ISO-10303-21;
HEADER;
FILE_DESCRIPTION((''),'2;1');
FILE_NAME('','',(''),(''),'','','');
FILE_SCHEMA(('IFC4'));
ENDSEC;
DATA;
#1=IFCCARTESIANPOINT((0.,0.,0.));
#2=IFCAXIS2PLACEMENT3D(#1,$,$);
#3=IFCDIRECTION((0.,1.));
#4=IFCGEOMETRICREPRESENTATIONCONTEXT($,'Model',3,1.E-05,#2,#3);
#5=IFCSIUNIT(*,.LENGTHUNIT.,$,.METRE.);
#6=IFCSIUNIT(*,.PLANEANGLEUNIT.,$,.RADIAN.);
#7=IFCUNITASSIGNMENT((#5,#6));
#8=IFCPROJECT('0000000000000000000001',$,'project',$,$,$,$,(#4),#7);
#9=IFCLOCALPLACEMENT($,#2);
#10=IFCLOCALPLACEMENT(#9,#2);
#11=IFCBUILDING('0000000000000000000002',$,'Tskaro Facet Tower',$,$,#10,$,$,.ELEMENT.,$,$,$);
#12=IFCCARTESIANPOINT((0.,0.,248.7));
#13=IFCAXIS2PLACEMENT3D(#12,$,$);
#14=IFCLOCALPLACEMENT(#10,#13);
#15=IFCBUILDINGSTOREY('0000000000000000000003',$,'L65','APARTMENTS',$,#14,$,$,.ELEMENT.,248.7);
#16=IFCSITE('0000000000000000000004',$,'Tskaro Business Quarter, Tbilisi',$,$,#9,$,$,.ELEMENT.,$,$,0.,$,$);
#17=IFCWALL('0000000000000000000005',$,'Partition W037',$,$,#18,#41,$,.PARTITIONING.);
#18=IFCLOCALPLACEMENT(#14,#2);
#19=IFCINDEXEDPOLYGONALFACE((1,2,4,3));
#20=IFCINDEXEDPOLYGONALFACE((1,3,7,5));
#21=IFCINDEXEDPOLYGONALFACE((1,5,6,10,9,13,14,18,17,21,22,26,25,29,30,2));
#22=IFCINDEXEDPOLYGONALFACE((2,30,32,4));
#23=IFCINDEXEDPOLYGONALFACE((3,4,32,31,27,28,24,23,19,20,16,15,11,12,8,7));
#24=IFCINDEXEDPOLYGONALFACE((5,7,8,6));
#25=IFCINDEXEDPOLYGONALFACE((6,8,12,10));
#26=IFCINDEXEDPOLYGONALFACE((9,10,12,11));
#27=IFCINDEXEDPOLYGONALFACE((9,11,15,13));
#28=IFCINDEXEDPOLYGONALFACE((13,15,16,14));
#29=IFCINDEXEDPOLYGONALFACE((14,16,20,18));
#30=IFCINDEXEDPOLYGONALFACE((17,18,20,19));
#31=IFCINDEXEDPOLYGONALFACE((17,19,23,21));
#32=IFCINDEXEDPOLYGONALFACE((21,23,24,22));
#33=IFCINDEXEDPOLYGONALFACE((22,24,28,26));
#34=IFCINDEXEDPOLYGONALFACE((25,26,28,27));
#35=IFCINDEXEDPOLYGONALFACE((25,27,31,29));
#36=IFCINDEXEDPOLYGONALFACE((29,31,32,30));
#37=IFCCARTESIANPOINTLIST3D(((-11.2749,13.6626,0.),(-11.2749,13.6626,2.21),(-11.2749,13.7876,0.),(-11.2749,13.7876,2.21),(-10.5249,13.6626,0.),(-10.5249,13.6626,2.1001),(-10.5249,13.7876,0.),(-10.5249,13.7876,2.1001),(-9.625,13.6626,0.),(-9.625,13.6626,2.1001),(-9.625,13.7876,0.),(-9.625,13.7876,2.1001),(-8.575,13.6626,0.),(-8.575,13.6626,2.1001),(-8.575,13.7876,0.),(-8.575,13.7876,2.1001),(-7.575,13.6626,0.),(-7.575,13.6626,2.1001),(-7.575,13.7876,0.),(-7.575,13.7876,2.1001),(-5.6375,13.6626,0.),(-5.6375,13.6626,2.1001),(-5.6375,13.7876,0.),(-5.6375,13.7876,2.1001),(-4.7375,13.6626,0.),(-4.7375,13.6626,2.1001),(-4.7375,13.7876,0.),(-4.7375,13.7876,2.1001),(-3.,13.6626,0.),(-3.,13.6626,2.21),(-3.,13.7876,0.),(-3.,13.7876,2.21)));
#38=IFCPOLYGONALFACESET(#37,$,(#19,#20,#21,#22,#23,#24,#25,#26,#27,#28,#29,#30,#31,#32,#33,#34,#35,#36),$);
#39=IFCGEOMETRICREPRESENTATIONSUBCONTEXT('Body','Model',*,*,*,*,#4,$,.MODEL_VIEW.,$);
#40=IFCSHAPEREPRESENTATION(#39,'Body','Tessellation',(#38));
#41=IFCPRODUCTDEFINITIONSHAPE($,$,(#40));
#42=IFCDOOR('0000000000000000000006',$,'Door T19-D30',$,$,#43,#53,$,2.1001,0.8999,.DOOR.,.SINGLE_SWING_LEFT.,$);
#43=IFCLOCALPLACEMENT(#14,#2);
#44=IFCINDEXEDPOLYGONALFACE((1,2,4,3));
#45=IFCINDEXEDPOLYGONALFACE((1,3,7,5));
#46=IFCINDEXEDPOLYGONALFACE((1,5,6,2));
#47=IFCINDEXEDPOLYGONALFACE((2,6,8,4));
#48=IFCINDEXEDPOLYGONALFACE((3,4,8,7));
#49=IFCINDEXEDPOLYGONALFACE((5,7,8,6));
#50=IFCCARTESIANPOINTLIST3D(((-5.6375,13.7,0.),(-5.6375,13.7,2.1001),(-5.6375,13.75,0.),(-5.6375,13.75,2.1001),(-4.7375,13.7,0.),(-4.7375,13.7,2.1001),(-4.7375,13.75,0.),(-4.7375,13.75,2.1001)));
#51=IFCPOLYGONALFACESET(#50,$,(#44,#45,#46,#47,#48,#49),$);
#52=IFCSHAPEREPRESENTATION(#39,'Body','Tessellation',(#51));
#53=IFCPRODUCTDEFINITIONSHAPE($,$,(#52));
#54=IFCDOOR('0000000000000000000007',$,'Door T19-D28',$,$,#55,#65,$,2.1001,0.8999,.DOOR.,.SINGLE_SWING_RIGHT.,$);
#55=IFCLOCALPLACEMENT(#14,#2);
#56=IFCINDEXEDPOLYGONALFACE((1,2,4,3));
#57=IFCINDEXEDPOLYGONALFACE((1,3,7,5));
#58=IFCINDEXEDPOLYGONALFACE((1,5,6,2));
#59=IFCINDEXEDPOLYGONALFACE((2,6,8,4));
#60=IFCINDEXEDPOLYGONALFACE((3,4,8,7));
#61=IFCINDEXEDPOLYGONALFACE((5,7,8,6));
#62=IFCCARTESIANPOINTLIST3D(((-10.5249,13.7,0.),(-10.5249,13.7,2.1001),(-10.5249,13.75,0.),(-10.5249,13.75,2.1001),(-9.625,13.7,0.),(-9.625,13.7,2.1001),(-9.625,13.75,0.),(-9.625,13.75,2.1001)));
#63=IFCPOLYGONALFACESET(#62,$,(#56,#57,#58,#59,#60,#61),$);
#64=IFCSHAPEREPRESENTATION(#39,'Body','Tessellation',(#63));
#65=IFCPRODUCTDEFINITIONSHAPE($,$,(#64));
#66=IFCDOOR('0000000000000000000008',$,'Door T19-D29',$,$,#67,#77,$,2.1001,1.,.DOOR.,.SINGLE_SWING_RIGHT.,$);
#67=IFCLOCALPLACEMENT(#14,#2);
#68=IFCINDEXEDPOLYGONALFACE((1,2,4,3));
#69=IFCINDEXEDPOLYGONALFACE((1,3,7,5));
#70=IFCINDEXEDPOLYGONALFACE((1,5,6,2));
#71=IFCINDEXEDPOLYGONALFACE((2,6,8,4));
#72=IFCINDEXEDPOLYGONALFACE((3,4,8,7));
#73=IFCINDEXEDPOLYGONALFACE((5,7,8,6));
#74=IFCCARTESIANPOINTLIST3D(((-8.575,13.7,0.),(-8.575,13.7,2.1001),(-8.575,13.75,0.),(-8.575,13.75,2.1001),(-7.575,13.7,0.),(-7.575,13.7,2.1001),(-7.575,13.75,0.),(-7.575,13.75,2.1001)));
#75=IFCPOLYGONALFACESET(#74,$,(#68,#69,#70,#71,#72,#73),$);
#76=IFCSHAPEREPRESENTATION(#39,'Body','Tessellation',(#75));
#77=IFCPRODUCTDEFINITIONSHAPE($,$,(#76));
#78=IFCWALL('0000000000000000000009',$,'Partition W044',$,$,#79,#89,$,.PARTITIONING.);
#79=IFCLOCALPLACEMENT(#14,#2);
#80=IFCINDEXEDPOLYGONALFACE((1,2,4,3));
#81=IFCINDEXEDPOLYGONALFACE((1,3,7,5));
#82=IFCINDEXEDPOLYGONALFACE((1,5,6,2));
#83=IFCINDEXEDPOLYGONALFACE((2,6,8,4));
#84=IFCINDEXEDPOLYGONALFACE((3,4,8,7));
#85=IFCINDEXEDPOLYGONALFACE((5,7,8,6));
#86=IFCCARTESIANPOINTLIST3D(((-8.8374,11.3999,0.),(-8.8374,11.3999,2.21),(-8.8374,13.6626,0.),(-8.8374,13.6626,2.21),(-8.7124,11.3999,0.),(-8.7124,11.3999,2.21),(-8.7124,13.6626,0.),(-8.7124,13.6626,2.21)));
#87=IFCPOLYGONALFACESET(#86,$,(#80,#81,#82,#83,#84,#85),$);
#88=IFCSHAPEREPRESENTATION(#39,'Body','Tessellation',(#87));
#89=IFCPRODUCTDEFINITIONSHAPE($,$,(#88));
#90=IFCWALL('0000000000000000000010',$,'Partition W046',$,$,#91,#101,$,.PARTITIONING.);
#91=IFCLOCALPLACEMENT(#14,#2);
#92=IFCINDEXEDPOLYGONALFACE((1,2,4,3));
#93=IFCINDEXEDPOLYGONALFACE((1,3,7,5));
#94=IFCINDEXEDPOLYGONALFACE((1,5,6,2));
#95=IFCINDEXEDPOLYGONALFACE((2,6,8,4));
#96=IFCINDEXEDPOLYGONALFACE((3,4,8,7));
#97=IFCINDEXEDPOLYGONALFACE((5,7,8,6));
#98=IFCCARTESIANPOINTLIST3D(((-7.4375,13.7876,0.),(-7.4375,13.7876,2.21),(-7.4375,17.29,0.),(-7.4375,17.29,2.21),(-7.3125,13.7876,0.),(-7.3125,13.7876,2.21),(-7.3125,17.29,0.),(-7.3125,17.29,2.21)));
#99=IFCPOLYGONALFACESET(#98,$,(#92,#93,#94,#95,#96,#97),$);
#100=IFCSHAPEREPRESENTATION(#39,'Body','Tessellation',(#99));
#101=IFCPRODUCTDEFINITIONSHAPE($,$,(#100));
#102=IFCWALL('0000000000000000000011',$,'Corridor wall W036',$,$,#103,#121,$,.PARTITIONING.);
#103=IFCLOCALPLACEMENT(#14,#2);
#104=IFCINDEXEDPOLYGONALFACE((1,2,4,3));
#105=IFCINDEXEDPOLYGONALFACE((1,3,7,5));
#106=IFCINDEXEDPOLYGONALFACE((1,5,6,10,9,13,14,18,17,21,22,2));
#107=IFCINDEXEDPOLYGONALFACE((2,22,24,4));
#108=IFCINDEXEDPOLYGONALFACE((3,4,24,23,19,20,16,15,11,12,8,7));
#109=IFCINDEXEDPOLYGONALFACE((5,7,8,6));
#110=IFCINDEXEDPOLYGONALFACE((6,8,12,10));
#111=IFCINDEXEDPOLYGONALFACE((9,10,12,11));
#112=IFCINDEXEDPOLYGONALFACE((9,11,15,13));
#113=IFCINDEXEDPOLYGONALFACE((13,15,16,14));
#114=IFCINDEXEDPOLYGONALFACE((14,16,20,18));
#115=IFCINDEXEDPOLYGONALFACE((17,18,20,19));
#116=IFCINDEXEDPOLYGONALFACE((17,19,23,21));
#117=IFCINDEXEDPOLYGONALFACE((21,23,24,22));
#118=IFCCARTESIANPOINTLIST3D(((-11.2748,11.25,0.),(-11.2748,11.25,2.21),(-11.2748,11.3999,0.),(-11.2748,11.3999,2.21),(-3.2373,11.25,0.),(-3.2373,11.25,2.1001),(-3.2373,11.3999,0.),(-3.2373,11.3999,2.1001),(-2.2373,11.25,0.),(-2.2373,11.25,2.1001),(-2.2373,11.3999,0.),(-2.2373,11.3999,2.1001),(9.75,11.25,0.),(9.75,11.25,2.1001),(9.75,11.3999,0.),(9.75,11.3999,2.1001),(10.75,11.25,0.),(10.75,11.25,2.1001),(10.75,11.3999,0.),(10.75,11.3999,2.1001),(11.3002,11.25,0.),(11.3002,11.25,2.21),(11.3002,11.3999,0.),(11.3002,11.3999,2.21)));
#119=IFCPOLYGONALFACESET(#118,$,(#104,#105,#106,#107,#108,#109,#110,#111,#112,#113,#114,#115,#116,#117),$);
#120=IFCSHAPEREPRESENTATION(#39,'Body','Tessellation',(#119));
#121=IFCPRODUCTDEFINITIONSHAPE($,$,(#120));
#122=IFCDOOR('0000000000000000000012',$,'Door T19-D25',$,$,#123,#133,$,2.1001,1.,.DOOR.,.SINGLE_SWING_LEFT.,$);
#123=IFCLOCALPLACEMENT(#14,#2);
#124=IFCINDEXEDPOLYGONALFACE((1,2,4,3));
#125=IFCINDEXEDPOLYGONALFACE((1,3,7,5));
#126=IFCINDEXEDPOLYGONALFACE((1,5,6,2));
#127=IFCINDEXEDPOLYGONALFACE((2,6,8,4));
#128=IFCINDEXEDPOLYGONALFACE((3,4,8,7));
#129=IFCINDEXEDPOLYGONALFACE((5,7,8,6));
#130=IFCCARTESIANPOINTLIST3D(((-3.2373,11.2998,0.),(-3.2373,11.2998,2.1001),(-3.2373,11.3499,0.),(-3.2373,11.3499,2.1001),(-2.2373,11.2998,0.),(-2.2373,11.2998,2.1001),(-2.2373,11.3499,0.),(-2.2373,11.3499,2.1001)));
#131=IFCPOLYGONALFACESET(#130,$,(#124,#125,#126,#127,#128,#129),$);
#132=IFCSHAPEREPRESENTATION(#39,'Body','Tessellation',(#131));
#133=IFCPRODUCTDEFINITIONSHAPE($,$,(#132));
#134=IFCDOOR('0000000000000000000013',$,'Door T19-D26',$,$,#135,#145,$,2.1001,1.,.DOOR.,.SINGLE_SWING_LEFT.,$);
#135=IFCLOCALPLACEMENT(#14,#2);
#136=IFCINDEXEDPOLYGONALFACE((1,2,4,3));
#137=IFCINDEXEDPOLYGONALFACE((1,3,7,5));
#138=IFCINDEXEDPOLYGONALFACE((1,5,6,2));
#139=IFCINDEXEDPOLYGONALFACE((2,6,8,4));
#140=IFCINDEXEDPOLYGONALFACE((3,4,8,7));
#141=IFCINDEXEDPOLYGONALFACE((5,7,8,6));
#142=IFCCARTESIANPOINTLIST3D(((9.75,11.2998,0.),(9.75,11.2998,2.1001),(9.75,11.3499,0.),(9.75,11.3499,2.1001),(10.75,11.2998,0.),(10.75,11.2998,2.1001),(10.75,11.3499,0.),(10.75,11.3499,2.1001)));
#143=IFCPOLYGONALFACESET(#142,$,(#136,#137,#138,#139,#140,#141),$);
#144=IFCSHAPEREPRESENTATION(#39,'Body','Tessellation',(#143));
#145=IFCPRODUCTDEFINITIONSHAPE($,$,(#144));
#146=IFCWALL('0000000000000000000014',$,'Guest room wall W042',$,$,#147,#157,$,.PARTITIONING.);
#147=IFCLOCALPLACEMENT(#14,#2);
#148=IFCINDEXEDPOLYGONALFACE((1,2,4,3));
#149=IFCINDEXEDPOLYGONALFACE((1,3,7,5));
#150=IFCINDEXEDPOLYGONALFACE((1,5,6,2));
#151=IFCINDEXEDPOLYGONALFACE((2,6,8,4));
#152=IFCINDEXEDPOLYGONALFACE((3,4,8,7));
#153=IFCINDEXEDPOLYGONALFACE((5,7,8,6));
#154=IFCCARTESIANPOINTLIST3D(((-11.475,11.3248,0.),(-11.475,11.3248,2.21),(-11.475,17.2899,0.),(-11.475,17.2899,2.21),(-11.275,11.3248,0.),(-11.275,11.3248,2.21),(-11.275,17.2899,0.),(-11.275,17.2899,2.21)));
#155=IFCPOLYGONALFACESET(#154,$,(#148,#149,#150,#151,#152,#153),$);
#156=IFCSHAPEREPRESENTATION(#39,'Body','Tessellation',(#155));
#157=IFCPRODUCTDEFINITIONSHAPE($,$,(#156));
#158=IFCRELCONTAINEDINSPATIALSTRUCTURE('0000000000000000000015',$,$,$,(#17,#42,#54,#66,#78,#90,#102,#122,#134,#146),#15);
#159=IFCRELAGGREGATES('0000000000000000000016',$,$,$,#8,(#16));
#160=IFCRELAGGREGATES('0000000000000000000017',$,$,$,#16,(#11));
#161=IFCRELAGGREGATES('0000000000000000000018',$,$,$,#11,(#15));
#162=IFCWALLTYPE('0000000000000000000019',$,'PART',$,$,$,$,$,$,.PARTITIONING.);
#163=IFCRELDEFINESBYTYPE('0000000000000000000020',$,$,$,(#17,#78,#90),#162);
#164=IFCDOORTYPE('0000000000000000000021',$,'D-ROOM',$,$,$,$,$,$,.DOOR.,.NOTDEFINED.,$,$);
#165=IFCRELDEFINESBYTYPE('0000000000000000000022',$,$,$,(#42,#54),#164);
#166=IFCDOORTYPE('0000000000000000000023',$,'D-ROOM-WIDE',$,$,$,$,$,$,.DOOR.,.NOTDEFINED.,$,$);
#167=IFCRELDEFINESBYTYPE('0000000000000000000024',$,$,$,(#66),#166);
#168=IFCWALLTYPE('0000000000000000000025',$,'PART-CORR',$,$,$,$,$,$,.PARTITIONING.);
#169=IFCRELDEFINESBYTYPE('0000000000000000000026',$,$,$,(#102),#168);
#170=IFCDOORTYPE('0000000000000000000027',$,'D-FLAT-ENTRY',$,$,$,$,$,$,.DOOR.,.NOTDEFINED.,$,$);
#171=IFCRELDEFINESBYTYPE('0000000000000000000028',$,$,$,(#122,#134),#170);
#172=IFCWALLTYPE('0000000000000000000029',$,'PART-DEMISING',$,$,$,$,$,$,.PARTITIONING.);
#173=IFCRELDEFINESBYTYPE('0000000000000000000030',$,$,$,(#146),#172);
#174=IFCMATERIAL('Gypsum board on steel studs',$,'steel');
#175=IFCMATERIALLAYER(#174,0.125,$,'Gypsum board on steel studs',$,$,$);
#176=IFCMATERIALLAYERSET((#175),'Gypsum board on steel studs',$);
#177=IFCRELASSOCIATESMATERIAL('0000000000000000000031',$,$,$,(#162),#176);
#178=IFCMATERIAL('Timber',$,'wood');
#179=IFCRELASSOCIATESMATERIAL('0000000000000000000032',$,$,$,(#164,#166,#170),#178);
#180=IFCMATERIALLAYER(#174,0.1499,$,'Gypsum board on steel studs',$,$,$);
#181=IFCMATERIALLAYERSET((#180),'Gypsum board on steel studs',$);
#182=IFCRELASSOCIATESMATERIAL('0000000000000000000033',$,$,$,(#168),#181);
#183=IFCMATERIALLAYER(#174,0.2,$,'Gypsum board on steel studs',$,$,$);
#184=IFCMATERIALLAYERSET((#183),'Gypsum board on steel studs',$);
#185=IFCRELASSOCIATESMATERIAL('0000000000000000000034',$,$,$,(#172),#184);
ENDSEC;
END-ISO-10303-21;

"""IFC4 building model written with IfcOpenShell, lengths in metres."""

from ifc_helpers import new_model, si_unit, direction, frame, frame_2d, origin, place, context, subcontext, project, spatial, rectangle, extrude, material, layer, layer_set, type_object, element, fill, save


model = new_model("IFC4")

# Units and contexts
model_context = context("Model", 3, precision=1e-05, world=origin(), true_north=direction((0.0, 1.0)))
body_context = subcontext(model_context, "Body", "Model", "MODEL_VIEW")
ifc_project = project(units=[si_unit("LENGTHUNIT", "METRE"), si_unit("PLANEANGLEUNIT", "RADIAN")], contexts=[model_context])

# Site, building, storey
site_placement = place(None, origin())
site = spatial("IfcSite", under=ifc_project, at=site_placement, Name="Tskaro Business Quarter, Tbilisi", CompositionType="ELEMENT", RefElevation=0.0)
building_placement = place(site_placement, origin())
building = spatial("IfcBuilding", under=site, at=building_placement, Name="Tskaro Facet Tower", CompositionType="ELEMENT")
storey_placement = place(building_placement, frame((0.0, 0.0, 248.7)))
storey = spatial("IfcBuildingStorey", under=building, at=storey_placement, Name="L65", Description="APARTMENTS", CompositionType="ELEMENT", Elevation=248.7)

# Wall, openings, doors
ifc_material_1 = material(Name="Gypsum board on steel studs", Category="steel")
ifc_layer_1 = layer(ifc_material_1, 0.125, Name="Gypsum board on steel studs")
ifc_layer_set_1 = layer_set([ifc_layer_1], Name="Gypsum board on steel studs")
wall_type_1 = type_object("IfcWallType", Name="PART", PredefinedType="PARTITIONING", material=ifc_layer_set_1)
wall_1_placement = place(storey_placement, frame((-11.2749, 13.7251, 0.0), z_axis=(0.0, 0.0, 1.0), x_axis=(1.0, 0.0, 0.0)))
wall_1 = element("IfcWall", 1, at=wall_1_placement, inside=storey, type_object=wall_type_1, Name="Partition W037", PredefinedType="PARTITIONING", context=body_context, shape_type="SweptSolid", body=[
    extrude(rectangle(XDim=8.2749, YDim=0.125, at=frame_2d((4.1375, 0.0))), origin(), (0.0, 0.0, 1.0), 2.21),
])
opening_1_placement = place(wall_1_placement, frame((5.6375, 0.0, 0.0)))
opening_1 = element("IfcOpeningElement", 2, at=opening_1_placement, cuts=wall_1, PredefinedType="OPENING", context=body_context, shape_type="SweptSolid", body=[
    extrude(rectangle(XDim=0.8999, YDim=2.1001, at=frame_2d((0.45, 1.05))), frame((0.0, 0.0725, 0.0), z_axis=(0.0, -1.0, 0.0), x_axis=(1.0, 0.0, 0.0)), (0.0, 0.0, 1.0), 0.145),
])
opening_2_placement = place(wall_1_placement, frame((2.7, 0.0, 0.0)))
opening_2 = element("IfcOpeningElement", 3, at=opening_2_placement, cuts=wall_1, PredefinedType="OPENING", context=body_context, shape_type="SweptSolid", body=[
    extrude(rectangle(XDim=1.0, YDim=2.1001, at=frame_2d((0.5, 1.05))), frame((0.0, 0.0725, 0.0), z_axis=(0.0, -1.0, 0.0), x_axis=(1.0, 0.0, 0.0)), (0.0, 0.0, 1.0), 0.145),
])
opening_3_placement = place(wall_1_placement, frame((0.75, 0.0, 0.0)))
opening_3 = element("IfcOpeningElement", 4, at=opening_3_placement, cuts=wall_1, PredefinedType="OPENING", context=body_context, shape_type="SweptSolid", body=[
    extrude(rectangle(XDim=0.8999, YDim=2.1001, at=frame_2d((0.45, 1.05))), frame((0.0, 0.0725, 0.0), z_axis=(0.0, -1.0, 0.0), x_axis=(1.0, 0.0, 0.0)), (0.0, 0.0, 1.0), 0.145),
])
ifc_material_2 = material(Name="Timber", Category="wood")
door_type_1 = type_object("IfcDoorType", Name="D-ROOM", OperationType="NOTDEFINED", PredefinedType="DOOR", material=ifc_material_2)
door_1_placement = place(opening_1_placement, origin())
door_1 = element("IfcDoor", 5, at=door_1_placement, inside=storey, type_object=door_type_1, Name="Door T19-D30", OperationType="SINGLE_SWING_LEFT", OverallHeight=2.1001, OverallWidth=0.8999, PredefinedType="DOOR", context=body_context, shape_type="SweptSolid", body=[
    extrude(rectangle(XDim=0.8999, YDim=2.1001, at=frame_2d((0.45, 1.05))), frame((0.0, 0.0249, 0.0), z_axis=(0.0, -1.0, 0.0), x_axis=(1.0, 0.0, 0.0)), (0.0, 0.0, 1.0), 0.05),
])
fill(opening_1, door_1)
door_2_placement = place(opening_3_placement, origin())
door_2 = element("IfcDoor", 6, at=door_2_placement, inside=storey, type_object=door_type_1, Name="Door T19-D28", OperationType="SINGLE_SWING_RIGHT", OverallHeight=2.1001, OverallWidth=0.8999, PredefinedType="DOOR", context=body_context, shape_type="SweptSolid", body=[
    extrude(rectangle(XDim=0.8999, YDim=2.1001, at=frame_2d((0.45, 1.05))), frame((0.0, 0.0249, 0.0), z_axis=(0.0, -1.0, 0.0), x_axis=(1.0, 0.0, 0.0)), (0.0, 0.0, 1.0), 0.05),
])
fill(opening_3, door_2)
door_type_2 = type_object("IfcDoorType", Name="D-ROOM-WIDE", OperationType="NOTDEFINED", PredefinedType="DOOR", material=ifc_material_2)
door_3_placement = place(opening_2_placement, origin())
door_3 = element("IfcDoor", 7, at=door_3_placement, inside=storey, type_object=door_type_2, Name="Door T19-D29", OperationType="SINGLE_SWING_RIGHT", OverallHeight=2.1001, OverallWidth=1.0, PredefinedType="DOOR", context=body_context, shape_type="SweptSolid", body=[
    extrude(rectangle(XDim=1.0, YDim=2.1001, at=frame_2d((0.5, 1.05))), frame((0.0, 0.0249, 0.0), z_axis=(0.0, -1.0, 0.0), x_axis=(1.0, 0.0, 0.0)), (0.0, 0.0, 1.0), 0.05),
])
fill(opening_2, door_3)

# Walls
wall_2_placement = place(storey_placement, frame((-8.7749, 11.3999, 0.0), z_axis=(0.0, 0.0, 1.0), x_axis=(0.0, 1.0, 0.0)))
element("IfcWall", 8, at=wall_2_placement, inside=storey, type_object=wall_type_1, Name="Partition W044", PredefinedType="PARTITIONING", context=body_context, shape_type="SweptSolid", body=[
    extrude(rectangle(XDim=2.2627, YDim=0.125, at=frame_2d((1.1313, 0.0))), origin(), (0.0, 0.0, 1.0), 2.21),
])
wall_3_placement = place(storey_placement, frame((-7.375, 13.7876, 0.0), z_axis=(0.0, 0.0, 1.0), x_axis=(0.0, 1.0, 0.0)))
element("IfcWall", 9, at=wall_3_placement, inside=storey, type_object=wall_type_1, Name="Partition W046", PredefinedType="PARTITIONING", context=body_context, shape_type="SweptSolid", body=[
    extrude(rectangle(XDim=3.5024, YDim=0.125, at=frame_2d((1.7512, 0.0))), origin(), (0.0, 0.0, 1.0), 2.21),
])

# Wall, openings, doors
ifc_layer_2 = layer(ifc_material_1, 0.1499, Name="Gypsum board on steel studs")
ifc_layer_set_2 = layer_set([ifc_layer_2], Name="Gypsum board on steel studs")
wall_type_2 = type_object("IfcWallType", Name="PART-CORR", PredefinedType="PARTITIONING", material=ifc_layer_set_2)
wall_4_placement = place(storey_placement, frame((-11.2749, 11.325, 0.0), z_axis=(0.0, 0.0, 1.0), x_axis=(1.0, 0.0, 0.0)))
wall_4 = element("IfcWall", 10, at=wall_4_placement, inside=storey, type_object=wall_type_2, Name="Corridor wall W036", PredefinedType="PARTITIONING", context=body_context, shape_type="SweptSolid", body=[
    extrude(rectangle(XDim=22.575, YDim=0.1499, at=frame_2d((11.2876, 0.0))), origin(), (0.0, 0.0, 1.0), 2.21),
])
opening_4_placement = place(wall_4_placement, frame((8.0376, 0.0, 0.0)))
opening_4 = element("IfcOpeningElement", 11, at=opening_4_placement, cuts=wall_4, PredefinedType="OPENING", context=body_context, shape_type="SweptSolid", body=[
    extrude(rectangle(XDim=1.0, YDim=2.1001, at=frame_2d((0.5, 1.05))), frame((0.0, 0.085, 0.0), z_axis=(0.0, -1.0, 0.0), x_axis=(1.0, 0.0, 0.0)), (0.0, 0.0, 1.0), 0.1699),
])
opening_5_placement = place(wall_4_placement, frame((21.0249, 0.0, 0.0)))
opening_5 = element("IfcOpeningElement", 12, at=opening_5_placement, cuts=wall_4, PredefinedType="OPENING", context=body_context, shape_type="SweptSolid", body=[
    extrude(rectangle(XDim=1.0, YDim=2.1001, at=frame_2d((0.5, 1.05))), frame((0.0, 0.085, 0.0), z_axis=(0.0, -1.0, 0.0), x_axis=(1.0, 0.0, 0.0)), (0.0, 0.0, 1.0), 0.1699),
])
door_type_3 = type_object("IfcDoorType", Name="D-FLAT-ENTRY", OperationType="NOTDEFINED", PredefinedType="DOOR", material=ifc_material_2)
door_4_placement = place(opening_4_placement, origin())
door_4 = element("IfcDoor", 13, at=door_4_placement, inside=storey, type_object=door_type_3, Name="Door T19-D25", OperationType="SINGLE_SWING_LEFT", OverallHeight=2.1001, OverallWidth=1.0, PredefinedType="DOOR", context=body_context, shape_type="SweptSolid", body=[
    extrude(rectangle(XDim=1.0, YDim=2.1001, at=frame_2d((0.5, 1.05))), frame((0.0, 0.0249, 0.0), z_axis=(0.0, -1.0, 0.0), x_axis=(1.0, 0.0, 0.0)), (0.0, 0.0, 1.0), 0.05),
])
fill(opening_4, door_4)
door_5_placement = place(opening_5_placement, origin())
door_5 = element("IfcDoor", 14, at=door_5_placement, inside=storey, type_object=door_type_3, Name="Door T19-D26", OperationType="SINGLE_SWING_LEFT", OverallHeight=2.1001, OverallWidth=1.0, PredefinedType="DOOR", context=body_context, shape_type="SweptSolid", body=[
    extrude(rectangle(XDim=1.0, YDim=2.1001, at=frame_2d((0.5, 1.05))), frame((0.0, 0.0249, 0.0), z_axis=(0.0, -1.0, 0.0), x_axis=(1.0, 0.0, 0.0)), (0.0, 0.0, 1.0), 0.05),
])
fill(opening_5, door_5)

# Wall
ifc_layer_3 = layer(ifc_material_1, 0.2, Name="Gypsum board on steel studs")
ifc_layer_set_3 = layer_set([ifc_layer_3], Name="Gypsum board on steel studs")
wall_type_3 = type_object("IfcWallType", Name="PART-DEMISING", PredefinedType="PARTITIONING", material=ifc_layer_set_3)
wall_5_placement = place(storey_placement, frame((-11.375, 11.325, 0.0), z_axis=(0.0, 0.0, 1.0), x_axis=(0.0, 1.0, 0.0)))
element("IfcWall", 15, at=wall_5_placement, inside=storey, type_object=wall_type_3, Name="Guest room wall W042", PredefinedType="PARTITIONING", context=body_context, shape_type="SweptSolid", body=[
    extrude(rectangle(XDim=5.9651, YDim=0.2, at=frame_2d((2.9824, 0.0))), origin(), (0.0, 0.0, 1.0), 2.21),
])

save(model, "model.ifc")
